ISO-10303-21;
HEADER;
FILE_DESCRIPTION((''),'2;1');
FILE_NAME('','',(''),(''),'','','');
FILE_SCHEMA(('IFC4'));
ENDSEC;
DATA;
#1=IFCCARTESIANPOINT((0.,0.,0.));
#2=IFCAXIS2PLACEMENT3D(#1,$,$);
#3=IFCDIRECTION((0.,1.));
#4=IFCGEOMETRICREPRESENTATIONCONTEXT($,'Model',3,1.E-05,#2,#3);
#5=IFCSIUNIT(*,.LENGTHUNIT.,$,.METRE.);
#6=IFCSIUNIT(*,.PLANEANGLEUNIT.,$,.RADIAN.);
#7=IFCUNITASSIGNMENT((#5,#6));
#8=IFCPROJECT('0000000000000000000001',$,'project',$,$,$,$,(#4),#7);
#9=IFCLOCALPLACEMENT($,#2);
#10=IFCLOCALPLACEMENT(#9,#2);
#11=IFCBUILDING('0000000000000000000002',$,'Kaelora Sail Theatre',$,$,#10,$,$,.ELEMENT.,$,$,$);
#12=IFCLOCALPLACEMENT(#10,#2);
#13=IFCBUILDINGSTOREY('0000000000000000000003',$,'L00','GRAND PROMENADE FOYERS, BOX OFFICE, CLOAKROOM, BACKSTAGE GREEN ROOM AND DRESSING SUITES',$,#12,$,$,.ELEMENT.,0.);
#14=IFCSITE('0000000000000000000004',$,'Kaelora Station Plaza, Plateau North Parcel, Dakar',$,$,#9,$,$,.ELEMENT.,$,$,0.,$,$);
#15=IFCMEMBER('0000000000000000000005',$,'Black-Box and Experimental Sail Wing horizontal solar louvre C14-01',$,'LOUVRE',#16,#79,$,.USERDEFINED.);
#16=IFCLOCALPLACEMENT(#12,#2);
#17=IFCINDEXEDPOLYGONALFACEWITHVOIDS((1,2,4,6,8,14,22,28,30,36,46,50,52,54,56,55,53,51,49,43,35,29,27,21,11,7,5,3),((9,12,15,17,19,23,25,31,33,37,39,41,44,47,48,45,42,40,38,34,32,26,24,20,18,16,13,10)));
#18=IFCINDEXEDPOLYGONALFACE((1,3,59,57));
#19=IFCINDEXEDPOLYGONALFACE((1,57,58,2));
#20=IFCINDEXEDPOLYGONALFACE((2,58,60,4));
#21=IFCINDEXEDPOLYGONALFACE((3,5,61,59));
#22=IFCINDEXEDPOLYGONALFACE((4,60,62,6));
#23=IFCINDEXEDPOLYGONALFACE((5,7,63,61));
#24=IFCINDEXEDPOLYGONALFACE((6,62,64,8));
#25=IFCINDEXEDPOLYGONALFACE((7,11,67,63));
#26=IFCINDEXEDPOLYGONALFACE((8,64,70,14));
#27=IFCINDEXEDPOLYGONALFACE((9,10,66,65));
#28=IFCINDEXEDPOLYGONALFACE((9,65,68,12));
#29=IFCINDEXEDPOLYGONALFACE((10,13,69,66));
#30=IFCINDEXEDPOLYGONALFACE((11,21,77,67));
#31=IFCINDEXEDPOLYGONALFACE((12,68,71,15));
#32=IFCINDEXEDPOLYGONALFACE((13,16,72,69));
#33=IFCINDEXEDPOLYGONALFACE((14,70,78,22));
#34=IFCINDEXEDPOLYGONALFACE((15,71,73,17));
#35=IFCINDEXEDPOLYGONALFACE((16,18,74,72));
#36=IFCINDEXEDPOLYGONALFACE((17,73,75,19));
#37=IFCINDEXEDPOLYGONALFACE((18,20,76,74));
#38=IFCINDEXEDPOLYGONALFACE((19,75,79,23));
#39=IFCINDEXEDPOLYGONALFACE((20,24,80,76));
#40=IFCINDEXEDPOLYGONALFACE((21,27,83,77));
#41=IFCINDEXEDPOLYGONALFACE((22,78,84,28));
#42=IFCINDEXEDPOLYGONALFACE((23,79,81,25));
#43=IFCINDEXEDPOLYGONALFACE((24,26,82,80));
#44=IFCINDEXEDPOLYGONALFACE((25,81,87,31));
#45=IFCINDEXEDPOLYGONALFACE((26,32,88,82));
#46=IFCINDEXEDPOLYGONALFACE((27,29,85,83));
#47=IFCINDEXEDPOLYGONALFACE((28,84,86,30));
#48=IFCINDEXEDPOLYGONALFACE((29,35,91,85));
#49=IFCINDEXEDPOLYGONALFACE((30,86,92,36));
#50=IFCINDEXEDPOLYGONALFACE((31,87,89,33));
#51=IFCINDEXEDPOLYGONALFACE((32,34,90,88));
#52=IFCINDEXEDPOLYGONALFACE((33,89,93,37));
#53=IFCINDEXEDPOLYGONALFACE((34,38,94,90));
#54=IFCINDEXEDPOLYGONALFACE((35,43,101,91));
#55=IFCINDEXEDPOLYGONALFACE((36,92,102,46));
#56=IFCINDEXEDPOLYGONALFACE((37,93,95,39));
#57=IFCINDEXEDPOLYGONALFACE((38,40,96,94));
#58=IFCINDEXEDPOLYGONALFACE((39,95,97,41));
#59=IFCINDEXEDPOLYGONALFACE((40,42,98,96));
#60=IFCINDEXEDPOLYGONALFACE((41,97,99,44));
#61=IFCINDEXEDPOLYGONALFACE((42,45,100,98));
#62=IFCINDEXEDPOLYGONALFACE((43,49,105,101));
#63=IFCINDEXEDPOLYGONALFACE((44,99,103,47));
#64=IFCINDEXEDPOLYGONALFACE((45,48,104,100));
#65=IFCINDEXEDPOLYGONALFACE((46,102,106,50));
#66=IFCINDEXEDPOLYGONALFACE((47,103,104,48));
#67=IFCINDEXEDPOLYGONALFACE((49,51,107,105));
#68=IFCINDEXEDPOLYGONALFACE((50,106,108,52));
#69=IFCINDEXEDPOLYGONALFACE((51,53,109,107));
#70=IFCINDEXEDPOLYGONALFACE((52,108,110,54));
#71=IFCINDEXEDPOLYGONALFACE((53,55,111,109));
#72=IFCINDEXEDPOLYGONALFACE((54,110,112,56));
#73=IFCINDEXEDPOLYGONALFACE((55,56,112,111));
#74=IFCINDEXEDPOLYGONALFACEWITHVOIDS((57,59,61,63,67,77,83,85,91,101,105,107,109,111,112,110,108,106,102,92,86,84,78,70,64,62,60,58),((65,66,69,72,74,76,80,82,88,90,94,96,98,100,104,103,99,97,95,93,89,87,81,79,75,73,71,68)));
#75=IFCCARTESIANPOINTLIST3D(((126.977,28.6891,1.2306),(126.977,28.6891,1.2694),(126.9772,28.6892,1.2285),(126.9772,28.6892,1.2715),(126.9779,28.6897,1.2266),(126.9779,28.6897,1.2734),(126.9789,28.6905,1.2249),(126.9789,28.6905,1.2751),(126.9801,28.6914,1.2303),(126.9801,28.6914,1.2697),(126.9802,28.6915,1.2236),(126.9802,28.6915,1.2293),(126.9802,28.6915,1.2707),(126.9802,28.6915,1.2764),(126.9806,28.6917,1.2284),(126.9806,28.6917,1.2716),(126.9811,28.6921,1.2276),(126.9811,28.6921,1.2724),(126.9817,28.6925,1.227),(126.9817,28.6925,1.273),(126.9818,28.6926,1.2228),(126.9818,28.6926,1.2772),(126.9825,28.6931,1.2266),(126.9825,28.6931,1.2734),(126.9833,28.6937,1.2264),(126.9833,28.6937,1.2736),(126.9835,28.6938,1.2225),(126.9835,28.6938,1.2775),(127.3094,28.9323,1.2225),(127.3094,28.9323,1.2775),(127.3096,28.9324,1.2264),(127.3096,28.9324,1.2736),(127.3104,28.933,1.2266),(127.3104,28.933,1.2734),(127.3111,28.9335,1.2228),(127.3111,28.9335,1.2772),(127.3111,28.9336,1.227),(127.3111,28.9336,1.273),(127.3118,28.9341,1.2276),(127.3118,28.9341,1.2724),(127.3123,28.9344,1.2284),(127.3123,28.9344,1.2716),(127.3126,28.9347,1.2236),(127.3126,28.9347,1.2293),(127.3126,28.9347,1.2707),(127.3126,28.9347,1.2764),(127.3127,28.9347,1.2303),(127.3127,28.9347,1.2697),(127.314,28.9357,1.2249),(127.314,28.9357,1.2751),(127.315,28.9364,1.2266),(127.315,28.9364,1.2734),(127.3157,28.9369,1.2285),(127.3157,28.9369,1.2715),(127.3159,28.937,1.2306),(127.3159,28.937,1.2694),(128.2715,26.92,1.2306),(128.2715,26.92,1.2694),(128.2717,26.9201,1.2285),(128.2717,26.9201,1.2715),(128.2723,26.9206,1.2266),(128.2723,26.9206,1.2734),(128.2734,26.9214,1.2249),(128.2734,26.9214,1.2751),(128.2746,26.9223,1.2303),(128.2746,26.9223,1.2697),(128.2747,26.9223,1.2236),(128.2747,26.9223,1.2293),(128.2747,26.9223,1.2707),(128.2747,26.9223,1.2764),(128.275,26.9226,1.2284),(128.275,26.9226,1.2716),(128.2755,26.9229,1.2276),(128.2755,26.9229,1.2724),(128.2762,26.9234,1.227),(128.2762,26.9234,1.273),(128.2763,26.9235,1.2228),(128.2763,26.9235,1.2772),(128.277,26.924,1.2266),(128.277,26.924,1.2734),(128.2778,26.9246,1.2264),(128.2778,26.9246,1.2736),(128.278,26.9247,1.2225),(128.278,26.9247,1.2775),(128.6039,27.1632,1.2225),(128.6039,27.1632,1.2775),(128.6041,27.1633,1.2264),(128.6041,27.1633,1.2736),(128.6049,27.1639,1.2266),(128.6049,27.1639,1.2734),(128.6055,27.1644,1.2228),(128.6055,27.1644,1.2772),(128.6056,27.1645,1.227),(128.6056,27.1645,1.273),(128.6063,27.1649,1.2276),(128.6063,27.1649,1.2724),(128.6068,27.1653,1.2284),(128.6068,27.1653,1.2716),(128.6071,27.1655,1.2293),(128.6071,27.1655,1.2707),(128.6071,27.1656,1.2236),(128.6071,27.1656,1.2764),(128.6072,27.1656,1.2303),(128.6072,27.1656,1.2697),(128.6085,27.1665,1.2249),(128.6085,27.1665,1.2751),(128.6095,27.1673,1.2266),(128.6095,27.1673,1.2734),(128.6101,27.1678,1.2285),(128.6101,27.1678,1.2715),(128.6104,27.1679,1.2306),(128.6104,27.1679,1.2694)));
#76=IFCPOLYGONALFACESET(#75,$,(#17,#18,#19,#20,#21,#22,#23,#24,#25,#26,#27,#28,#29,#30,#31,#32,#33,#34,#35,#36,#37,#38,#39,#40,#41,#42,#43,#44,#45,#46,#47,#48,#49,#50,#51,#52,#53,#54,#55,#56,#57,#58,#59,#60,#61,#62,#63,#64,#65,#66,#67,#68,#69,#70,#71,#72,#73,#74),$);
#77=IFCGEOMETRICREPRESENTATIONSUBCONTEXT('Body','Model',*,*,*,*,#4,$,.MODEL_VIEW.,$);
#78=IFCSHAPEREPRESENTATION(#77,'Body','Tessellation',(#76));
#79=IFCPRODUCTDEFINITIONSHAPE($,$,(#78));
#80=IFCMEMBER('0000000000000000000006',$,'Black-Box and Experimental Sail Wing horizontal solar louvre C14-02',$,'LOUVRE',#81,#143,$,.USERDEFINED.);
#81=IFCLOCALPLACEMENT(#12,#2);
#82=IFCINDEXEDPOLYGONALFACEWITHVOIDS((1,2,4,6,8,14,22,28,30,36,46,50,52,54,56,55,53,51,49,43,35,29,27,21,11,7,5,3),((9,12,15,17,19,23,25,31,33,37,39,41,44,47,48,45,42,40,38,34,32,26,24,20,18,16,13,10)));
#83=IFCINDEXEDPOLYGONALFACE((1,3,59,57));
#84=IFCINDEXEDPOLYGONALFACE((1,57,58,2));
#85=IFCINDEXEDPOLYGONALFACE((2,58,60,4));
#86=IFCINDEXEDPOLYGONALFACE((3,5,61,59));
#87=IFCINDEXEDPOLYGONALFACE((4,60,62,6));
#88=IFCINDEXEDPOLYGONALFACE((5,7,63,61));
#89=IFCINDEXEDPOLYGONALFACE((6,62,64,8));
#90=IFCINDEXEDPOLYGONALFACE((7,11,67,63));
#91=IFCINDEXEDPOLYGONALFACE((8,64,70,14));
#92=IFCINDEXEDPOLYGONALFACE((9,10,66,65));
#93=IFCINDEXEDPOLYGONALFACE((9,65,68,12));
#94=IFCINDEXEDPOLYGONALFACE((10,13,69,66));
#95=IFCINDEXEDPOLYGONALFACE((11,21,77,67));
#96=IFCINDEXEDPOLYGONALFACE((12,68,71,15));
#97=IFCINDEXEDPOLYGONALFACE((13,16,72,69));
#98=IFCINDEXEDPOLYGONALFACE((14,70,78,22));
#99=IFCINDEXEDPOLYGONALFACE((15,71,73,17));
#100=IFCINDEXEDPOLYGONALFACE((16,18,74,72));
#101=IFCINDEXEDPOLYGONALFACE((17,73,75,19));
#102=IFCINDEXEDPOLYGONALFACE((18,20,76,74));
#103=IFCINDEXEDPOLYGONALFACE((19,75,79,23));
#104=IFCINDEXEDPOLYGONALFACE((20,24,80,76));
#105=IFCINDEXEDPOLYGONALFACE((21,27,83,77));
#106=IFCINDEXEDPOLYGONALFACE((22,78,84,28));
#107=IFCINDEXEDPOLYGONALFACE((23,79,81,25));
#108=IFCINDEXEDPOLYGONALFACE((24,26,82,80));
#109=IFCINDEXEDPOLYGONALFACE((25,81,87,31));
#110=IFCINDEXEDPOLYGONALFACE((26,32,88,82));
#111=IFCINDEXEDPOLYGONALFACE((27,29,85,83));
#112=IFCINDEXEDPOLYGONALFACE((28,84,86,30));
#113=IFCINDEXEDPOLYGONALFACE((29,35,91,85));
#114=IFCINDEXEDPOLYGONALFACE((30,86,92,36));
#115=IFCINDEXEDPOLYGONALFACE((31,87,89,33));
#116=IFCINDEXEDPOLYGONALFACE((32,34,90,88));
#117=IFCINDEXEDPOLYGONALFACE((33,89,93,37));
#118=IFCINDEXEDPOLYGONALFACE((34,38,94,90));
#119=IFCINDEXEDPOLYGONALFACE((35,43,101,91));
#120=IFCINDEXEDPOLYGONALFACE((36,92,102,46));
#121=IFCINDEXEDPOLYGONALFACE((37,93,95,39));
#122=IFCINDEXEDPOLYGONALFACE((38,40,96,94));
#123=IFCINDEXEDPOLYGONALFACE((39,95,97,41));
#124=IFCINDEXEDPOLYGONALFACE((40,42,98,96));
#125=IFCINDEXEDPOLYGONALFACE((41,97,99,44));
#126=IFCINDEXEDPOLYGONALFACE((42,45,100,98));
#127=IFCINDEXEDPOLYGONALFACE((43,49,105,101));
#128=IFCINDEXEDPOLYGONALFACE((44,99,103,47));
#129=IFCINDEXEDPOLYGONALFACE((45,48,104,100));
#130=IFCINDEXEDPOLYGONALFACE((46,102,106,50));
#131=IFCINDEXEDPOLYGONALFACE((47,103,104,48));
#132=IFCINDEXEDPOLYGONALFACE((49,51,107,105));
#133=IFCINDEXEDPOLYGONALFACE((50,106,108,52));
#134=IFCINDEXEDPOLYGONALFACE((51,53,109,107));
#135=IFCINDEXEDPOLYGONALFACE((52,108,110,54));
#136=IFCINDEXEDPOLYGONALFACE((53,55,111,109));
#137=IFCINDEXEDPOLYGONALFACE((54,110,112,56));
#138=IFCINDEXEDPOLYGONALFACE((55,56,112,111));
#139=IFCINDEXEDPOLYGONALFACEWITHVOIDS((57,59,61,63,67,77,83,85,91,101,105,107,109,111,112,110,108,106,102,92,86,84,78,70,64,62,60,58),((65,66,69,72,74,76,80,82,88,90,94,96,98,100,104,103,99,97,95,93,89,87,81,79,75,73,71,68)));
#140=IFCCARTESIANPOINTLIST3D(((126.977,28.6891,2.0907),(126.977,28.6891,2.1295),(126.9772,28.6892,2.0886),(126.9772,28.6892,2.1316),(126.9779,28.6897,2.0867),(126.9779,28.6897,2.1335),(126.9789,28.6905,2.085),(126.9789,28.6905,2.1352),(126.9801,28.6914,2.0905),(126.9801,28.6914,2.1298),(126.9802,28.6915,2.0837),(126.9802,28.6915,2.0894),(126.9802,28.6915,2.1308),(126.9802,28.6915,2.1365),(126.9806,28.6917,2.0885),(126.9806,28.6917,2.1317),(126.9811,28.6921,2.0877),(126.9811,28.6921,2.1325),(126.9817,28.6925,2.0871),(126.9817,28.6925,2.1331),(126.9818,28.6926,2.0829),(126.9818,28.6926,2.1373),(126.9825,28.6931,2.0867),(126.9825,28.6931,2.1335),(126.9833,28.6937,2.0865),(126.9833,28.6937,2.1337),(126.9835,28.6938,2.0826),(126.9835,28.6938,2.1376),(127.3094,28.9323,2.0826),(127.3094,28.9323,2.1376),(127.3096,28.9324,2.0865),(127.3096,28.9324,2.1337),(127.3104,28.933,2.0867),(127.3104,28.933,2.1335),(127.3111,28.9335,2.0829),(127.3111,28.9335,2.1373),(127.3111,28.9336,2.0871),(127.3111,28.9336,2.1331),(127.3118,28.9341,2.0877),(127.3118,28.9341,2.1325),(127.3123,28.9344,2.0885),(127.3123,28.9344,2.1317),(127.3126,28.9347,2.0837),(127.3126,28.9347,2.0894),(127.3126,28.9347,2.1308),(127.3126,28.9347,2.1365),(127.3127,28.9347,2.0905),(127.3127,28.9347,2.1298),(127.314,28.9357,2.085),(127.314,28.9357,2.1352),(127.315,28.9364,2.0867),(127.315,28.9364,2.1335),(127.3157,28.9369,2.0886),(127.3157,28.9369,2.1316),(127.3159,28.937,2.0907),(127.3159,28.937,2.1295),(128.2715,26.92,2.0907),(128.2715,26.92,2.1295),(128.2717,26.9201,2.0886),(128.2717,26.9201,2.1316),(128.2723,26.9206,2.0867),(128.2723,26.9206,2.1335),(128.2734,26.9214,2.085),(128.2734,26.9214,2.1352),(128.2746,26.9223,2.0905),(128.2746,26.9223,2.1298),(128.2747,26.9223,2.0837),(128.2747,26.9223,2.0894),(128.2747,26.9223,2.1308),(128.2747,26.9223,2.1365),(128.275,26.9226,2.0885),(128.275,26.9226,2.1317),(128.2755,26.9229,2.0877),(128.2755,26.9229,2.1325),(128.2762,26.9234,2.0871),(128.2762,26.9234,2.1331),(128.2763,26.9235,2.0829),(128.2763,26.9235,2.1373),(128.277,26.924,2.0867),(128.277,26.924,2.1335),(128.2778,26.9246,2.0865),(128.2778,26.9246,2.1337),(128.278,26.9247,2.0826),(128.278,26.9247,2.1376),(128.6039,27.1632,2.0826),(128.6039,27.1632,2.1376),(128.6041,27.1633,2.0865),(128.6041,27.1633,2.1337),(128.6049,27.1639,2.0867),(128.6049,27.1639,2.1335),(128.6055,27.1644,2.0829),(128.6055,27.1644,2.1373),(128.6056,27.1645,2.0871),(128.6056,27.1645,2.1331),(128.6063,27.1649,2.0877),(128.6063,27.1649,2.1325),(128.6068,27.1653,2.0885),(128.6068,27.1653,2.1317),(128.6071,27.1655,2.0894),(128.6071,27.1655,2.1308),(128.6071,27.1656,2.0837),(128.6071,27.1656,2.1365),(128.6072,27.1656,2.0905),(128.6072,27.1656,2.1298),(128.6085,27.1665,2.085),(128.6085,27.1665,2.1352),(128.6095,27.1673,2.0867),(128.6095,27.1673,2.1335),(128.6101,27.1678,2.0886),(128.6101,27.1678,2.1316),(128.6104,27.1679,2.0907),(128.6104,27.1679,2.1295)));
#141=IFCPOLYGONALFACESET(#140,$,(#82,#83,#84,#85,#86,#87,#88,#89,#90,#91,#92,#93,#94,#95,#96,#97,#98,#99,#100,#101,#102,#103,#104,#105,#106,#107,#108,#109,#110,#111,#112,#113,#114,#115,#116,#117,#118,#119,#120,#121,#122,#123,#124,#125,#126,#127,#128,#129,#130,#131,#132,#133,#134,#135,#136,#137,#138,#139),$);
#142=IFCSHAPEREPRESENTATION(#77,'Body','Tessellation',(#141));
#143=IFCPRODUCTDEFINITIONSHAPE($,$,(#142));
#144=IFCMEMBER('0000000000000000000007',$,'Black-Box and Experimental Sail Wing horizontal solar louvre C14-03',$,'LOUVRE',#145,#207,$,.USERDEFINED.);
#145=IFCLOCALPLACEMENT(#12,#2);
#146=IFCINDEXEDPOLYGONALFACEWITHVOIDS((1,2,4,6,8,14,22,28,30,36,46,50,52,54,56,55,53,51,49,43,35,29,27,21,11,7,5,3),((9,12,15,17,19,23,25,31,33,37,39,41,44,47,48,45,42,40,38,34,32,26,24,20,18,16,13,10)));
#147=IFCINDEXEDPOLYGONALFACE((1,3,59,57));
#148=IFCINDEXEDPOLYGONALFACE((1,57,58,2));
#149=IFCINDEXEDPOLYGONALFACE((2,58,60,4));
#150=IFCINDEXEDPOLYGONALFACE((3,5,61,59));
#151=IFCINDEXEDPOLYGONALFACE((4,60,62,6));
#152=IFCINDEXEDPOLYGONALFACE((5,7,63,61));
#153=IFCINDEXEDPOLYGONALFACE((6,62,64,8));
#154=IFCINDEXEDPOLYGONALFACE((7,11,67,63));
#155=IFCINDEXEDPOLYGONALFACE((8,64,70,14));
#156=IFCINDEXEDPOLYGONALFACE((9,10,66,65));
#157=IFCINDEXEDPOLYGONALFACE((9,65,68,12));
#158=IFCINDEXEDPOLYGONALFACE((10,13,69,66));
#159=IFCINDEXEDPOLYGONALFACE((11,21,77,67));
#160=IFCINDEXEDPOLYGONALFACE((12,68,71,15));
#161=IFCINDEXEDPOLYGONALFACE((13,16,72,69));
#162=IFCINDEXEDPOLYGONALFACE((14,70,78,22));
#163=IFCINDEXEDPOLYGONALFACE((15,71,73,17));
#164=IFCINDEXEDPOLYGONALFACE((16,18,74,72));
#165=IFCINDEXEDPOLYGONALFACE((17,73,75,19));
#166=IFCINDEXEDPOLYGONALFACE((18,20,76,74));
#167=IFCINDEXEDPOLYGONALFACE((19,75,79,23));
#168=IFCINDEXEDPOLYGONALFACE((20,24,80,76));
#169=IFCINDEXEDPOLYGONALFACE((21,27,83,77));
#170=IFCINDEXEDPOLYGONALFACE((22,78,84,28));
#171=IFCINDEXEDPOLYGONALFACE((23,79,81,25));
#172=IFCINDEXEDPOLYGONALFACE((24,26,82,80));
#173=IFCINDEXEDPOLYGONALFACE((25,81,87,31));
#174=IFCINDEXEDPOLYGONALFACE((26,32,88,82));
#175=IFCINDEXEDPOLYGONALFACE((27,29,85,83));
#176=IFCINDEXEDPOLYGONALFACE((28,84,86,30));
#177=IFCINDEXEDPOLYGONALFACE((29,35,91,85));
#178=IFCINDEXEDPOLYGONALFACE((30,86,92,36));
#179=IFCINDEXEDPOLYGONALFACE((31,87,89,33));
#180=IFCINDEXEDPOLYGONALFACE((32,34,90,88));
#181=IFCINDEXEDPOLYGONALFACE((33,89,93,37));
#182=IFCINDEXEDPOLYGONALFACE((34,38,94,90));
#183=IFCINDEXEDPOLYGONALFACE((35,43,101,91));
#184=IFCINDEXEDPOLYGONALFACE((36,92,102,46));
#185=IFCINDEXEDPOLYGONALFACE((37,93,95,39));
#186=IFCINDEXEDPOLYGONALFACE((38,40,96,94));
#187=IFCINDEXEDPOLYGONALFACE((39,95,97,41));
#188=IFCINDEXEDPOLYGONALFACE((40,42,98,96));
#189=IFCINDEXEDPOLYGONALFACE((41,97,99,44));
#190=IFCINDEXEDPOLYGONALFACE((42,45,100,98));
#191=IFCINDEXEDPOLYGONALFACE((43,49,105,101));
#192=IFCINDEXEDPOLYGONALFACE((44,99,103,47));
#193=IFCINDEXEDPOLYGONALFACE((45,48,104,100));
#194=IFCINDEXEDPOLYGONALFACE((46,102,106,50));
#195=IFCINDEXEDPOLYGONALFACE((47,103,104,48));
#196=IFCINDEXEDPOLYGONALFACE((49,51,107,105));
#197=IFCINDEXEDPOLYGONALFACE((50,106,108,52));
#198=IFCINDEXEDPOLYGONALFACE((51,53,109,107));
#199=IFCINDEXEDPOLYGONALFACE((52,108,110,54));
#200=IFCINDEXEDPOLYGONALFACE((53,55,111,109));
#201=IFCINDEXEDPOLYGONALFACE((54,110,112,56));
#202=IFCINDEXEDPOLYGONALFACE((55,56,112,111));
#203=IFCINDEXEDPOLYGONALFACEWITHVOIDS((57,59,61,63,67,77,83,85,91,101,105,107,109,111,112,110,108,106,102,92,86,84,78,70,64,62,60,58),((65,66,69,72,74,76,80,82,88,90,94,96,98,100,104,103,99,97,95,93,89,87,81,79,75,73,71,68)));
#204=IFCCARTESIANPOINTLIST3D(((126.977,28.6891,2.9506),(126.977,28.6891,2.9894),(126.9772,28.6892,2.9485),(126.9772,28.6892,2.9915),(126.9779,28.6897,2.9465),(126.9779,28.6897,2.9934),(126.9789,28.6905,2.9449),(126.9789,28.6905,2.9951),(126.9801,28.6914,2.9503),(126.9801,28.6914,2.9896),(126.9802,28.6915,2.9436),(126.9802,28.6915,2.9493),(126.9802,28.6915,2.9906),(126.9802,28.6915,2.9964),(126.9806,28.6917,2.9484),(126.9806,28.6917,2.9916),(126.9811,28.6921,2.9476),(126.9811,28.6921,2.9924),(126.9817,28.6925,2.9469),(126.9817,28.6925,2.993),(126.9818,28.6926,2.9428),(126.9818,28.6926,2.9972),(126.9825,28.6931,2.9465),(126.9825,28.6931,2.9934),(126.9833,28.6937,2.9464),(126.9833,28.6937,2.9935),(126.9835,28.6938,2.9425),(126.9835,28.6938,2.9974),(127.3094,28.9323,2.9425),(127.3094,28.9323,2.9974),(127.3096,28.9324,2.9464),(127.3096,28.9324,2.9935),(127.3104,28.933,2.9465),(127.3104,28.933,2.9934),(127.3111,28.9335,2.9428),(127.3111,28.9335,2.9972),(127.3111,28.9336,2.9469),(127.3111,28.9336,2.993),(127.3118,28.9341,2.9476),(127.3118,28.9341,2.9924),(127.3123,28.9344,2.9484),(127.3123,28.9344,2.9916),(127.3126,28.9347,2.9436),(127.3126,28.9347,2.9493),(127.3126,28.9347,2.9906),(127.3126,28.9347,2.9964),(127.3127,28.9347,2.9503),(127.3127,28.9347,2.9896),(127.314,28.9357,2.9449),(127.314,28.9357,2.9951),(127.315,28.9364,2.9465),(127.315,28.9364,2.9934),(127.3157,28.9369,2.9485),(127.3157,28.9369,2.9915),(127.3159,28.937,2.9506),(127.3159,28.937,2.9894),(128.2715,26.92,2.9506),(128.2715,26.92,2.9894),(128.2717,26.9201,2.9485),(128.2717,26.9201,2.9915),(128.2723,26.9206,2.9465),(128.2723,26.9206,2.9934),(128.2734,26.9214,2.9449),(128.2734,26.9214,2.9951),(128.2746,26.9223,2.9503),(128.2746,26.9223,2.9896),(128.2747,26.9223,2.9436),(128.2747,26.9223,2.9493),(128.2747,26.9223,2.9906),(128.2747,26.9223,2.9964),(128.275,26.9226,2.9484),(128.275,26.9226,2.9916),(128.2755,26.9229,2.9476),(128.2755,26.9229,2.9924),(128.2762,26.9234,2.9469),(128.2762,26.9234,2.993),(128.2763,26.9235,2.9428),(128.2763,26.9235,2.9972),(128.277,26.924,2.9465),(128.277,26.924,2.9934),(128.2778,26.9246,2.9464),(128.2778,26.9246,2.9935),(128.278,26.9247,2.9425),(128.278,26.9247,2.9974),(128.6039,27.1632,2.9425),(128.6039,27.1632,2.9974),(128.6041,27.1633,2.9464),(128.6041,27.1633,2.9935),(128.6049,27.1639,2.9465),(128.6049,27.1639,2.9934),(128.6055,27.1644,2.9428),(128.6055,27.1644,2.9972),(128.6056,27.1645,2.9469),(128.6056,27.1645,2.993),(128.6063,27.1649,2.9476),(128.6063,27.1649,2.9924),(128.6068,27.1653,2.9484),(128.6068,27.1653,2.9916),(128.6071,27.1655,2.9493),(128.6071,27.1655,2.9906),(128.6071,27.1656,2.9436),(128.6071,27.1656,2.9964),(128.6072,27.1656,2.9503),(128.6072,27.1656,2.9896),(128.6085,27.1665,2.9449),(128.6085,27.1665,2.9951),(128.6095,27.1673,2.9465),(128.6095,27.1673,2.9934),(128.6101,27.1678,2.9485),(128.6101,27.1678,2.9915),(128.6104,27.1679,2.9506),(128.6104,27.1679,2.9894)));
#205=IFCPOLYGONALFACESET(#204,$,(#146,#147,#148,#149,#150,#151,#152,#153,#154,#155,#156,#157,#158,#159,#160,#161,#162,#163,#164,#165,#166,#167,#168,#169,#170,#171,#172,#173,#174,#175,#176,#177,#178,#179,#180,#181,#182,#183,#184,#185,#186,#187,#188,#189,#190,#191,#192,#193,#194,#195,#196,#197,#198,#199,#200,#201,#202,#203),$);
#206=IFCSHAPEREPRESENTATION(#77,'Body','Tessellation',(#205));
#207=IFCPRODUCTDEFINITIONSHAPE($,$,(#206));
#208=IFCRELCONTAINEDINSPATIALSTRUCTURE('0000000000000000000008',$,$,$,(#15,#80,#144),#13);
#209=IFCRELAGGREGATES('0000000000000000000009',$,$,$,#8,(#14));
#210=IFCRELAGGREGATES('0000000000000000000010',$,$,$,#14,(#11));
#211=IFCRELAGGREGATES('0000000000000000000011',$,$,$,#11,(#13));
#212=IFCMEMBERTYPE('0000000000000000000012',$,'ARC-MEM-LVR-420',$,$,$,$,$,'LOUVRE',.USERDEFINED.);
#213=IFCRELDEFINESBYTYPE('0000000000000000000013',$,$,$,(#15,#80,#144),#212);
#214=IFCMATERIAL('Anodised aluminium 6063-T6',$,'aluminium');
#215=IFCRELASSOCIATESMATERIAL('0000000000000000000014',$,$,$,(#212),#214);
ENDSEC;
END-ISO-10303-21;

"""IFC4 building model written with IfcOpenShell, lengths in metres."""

from ifc_helpers import new_model, si_unit, direction, frame, origin, origin_2d, place, context, subcontext, project, spatial, hollow_rectangle, extrude, material, material_profile, profile_set, type_object, element, save


model = new_model("IFC4")

# Units and contexts
model_context = context("Model", 3, precision=1e-05, world=origin(), true_north=direction((0.0, 1.0)))
body_context = subcontext(model_context, "Body", "Model", "MODEL_VIEW")
ifc_project = project(units=[si_unit("LENGTHUNIT", "METRE"), si_unit("PLANEANGLEUNIT", "RADIAN")], contexts=[model_context])

# Site, building, storey
site_placement = place(None, origin())
site = spatial("IfcSite", under=ifc_project, at=site_placement, Name="Kaelora Station Plaza, Plateau North Parcel, Dakar", CompositionType="ELEMENT", RefElevation=0.0)
building_placement = place(site_placement, origin())
building = spatial("IfcBuilding", under=site, at=building_placement, Name="Kaelora Sail Theatre", CompositionType="ELEMENT")
storey_placement = place(building_placement, origin())
storey = spatial("IfcBuildingStorey", under=building, at=storey_placement, Name="L00", Description="GRAND PROMENADE FOYERS, BOX OFFICE, CLOAKROOM, BACKSTAGE GREEN ROOM AND DRESSING SUITES", CompositionType="ELEMENT", Elevation=0.0)

# Members
ifc_material_1 = material(Name="Anodised aluminium 6063-T6", Category="aluminium")
ifc_material_profile_1 = material_profile(ifc_material_1, hollow_rectangle(XDim=0.4199, YDim=0.0549, WallThickness=0.0039, InnerFilletRadius=0.0039, OuterFilletRadius=0.0081, at=origin_2d()), Name="LOUVRE 420x55x4")
ifc_profile_set_1 = profile_set([ifc_material_profile_1], Name="Anodised aluminium 6063-T6")
member_type_1 = type_object("IfcMemberType", Name="ARC-MEM-LVR-420", ElementType="LOUVRE", PredefinedType="USERDEFINED", material=ifc_profile_set_1)
for number, where, z_axis, x_axis, name in (
    (1, (128.4409, 27.0439, 1.25), (-0.590514, 0.807028, 0.0), (-0.807028, -0.590514, 0.0), "Black-Box and Experimental Sail Wing horizontal solar louvre C14-01"),
    (2, (128.4409, 27.0439, 2.1101), (-0.590514, 0.807028, 0.0), (-0.807028, -0.590514, 0.0), "Black-Box and Experimental Sail Wing horizontal solar louvre C14-02"),
    (3, (128.4409, 27.0439, 2.97), (-0.590514, 0.807028, 0.0), (-0.807028, -0.590514, 0.0), "Black-Box and Experimental Sail Wing horizontal solar louvre C14-03"),
):
    element("IfcMember", number, at=place(storey_placement, frame(where, z_axis=z_axis, x_axis=x_axis)), inside=storey, type_object=member_type_1, Name=name, ObjectType="LOUVRE", PredefinedType="USERDEFINED", context=body_context, shape_type="SweptSolid", body=[
        extrude(hollow_rectangle(XDim=0.4199, YDim=0.0549, WallThickness=0.0039, InnerFilletRadius=0.0039, OuterFilletRadius=0.0081, at=origin_2d()), origin(), (0.0, 0.0, 1.0), 2.1921),
    ])

save(model, "model.ifc")
